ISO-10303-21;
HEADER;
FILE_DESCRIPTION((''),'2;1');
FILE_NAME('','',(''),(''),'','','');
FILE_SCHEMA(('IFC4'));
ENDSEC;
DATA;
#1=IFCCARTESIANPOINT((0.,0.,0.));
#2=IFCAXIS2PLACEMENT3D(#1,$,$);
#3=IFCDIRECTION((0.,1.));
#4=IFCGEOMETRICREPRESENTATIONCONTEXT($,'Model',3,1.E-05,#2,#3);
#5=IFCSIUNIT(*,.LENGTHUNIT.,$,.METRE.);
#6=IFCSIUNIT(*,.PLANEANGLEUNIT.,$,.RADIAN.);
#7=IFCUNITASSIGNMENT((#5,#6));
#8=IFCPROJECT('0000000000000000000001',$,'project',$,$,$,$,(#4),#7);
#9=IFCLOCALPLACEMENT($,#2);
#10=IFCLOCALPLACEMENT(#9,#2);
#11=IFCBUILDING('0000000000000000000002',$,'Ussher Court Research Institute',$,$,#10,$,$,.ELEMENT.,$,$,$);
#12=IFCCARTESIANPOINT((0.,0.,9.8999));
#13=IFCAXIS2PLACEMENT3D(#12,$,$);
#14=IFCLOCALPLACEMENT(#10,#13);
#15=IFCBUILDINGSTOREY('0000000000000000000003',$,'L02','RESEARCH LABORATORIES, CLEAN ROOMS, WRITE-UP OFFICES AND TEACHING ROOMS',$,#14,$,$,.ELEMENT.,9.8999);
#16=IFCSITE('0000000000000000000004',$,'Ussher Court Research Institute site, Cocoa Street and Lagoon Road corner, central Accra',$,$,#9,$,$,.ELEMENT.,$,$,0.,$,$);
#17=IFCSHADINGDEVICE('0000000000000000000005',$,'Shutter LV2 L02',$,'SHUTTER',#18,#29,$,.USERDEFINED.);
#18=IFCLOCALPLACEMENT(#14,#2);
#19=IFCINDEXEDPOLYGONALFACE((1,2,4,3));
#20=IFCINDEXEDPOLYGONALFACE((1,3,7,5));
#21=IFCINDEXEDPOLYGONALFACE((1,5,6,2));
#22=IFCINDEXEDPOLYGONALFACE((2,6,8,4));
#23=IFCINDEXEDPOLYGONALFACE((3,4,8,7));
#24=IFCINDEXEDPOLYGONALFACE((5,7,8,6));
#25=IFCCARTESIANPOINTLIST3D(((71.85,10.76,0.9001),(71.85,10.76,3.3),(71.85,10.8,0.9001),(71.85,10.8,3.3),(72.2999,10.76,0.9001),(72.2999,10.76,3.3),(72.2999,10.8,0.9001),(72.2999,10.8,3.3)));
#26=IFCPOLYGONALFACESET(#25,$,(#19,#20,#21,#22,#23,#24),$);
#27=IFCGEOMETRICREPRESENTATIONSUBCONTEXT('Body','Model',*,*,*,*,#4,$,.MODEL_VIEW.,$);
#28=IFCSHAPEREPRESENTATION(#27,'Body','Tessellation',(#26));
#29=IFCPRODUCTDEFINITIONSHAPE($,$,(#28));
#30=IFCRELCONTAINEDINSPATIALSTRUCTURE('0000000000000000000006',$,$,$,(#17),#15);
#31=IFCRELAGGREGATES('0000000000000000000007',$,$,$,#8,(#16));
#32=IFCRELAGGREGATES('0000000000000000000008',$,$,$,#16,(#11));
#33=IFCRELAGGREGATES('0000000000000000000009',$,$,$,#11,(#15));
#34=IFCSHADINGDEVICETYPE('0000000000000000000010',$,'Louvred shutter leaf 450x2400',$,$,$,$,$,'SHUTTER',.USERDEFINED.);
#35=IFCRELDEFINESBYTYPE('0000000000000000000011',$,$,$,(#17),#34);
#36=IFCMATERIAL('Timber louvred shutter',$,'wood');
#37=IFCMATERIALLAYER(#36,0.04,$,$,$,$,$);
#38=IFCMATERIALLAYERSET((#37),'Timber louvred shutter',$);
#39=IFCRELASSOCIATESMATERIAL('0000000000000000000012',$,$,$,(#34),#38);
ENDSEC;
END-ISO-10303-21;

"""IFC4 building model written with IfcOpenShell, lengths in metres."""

from ifc_helpers import new_model, si_unit, direction, frame, origin, origin_2d, place, context, subcontext, project, spatial, rectangle, extrude, material, layer, layer_set, type_object, element, save


model = new_model("IFC4")

# Units and contexts
model_context = context("Model", 3, precision=1e-05, world=origin(), true_north=direction((0.0, 1.0)))
body_context = subcontext(model_context, "Body", "Model", "MODEL_VIEW")
ifc_project = project(units=[si_unit("LENGTHUNIT", "METRE"), si_unit("PLANEANGLEUNIT", "RADIAN")], contexts=[model_context])

# Site, building, storey
site_placement = place(None, origin())
site = spatial("IfcSite", under=ifc_project, at=site_placement, Name="Ussher Court Research Institute site, Cocoa Street and Lagoon Road corner, central Accra", CompositionType="ELEMENT", RefElevation=0.0)
building_placement = place(site_placement, origin())
building = spatial("IfcBuilding", under=site, at=building_placement, Name="Ussher Court Research Institute", CompositionType="ELEMENT")
storey_placement = place(building_placement, frame((0.0, 0.0, 9.8999)))
storey = spatial("IfcBuildingStorey", under=building, at=storey_placement, Name="L02", Description="RESEARCH LABORATORIES, CLEAN ROOMS, WRITE-UP OFFICES AND TEACHING ROOMS", CompositionType="ELEMENT", Elevation=9.8999)

# Shading device
ifc_material_1 = material(Name="Timber louvred shutter", Category="wood")
ifc_layer_1 = layer(ifc_material_1, 0.04)
ifc_layer_set_1 = layer_set([ifc_layer_1], Name="Timber louvred shutter")
shading_device_type = type_object("IfcShadingDeviceType", Name="Louvred shutter leaf 450x2400", ElementType="SHUTTER", PredefinedType="USERDEFINED", material=ifc_layer_set_1)
for number, where, z_axis, x_axis, name in (
    (1, (72.075, 10.78, 0.9001), (0.0, 0.0, 1.0), (-1.0, 0.0, 0.0), "Shutter LV2 L02"),
):
    element("IfcShadingDevice", number, at=place(storey_placement, frame(where, z_axis=z_axis, x_axis=x_axis)), inside=storey, type_object=shading_device_type, Name=name, ObjectType="SHUTTER", PredefinedType="USERDEFINED", context=body_context, shape_type="SweptSolid", body=[
        extrude(rectangle(XDim=0.45, YDim=0.04, at=origin_2d()), origin(), (0.0, 0.0, 1.0), 2.3999),
    ])

save(model, "model.ifc")
